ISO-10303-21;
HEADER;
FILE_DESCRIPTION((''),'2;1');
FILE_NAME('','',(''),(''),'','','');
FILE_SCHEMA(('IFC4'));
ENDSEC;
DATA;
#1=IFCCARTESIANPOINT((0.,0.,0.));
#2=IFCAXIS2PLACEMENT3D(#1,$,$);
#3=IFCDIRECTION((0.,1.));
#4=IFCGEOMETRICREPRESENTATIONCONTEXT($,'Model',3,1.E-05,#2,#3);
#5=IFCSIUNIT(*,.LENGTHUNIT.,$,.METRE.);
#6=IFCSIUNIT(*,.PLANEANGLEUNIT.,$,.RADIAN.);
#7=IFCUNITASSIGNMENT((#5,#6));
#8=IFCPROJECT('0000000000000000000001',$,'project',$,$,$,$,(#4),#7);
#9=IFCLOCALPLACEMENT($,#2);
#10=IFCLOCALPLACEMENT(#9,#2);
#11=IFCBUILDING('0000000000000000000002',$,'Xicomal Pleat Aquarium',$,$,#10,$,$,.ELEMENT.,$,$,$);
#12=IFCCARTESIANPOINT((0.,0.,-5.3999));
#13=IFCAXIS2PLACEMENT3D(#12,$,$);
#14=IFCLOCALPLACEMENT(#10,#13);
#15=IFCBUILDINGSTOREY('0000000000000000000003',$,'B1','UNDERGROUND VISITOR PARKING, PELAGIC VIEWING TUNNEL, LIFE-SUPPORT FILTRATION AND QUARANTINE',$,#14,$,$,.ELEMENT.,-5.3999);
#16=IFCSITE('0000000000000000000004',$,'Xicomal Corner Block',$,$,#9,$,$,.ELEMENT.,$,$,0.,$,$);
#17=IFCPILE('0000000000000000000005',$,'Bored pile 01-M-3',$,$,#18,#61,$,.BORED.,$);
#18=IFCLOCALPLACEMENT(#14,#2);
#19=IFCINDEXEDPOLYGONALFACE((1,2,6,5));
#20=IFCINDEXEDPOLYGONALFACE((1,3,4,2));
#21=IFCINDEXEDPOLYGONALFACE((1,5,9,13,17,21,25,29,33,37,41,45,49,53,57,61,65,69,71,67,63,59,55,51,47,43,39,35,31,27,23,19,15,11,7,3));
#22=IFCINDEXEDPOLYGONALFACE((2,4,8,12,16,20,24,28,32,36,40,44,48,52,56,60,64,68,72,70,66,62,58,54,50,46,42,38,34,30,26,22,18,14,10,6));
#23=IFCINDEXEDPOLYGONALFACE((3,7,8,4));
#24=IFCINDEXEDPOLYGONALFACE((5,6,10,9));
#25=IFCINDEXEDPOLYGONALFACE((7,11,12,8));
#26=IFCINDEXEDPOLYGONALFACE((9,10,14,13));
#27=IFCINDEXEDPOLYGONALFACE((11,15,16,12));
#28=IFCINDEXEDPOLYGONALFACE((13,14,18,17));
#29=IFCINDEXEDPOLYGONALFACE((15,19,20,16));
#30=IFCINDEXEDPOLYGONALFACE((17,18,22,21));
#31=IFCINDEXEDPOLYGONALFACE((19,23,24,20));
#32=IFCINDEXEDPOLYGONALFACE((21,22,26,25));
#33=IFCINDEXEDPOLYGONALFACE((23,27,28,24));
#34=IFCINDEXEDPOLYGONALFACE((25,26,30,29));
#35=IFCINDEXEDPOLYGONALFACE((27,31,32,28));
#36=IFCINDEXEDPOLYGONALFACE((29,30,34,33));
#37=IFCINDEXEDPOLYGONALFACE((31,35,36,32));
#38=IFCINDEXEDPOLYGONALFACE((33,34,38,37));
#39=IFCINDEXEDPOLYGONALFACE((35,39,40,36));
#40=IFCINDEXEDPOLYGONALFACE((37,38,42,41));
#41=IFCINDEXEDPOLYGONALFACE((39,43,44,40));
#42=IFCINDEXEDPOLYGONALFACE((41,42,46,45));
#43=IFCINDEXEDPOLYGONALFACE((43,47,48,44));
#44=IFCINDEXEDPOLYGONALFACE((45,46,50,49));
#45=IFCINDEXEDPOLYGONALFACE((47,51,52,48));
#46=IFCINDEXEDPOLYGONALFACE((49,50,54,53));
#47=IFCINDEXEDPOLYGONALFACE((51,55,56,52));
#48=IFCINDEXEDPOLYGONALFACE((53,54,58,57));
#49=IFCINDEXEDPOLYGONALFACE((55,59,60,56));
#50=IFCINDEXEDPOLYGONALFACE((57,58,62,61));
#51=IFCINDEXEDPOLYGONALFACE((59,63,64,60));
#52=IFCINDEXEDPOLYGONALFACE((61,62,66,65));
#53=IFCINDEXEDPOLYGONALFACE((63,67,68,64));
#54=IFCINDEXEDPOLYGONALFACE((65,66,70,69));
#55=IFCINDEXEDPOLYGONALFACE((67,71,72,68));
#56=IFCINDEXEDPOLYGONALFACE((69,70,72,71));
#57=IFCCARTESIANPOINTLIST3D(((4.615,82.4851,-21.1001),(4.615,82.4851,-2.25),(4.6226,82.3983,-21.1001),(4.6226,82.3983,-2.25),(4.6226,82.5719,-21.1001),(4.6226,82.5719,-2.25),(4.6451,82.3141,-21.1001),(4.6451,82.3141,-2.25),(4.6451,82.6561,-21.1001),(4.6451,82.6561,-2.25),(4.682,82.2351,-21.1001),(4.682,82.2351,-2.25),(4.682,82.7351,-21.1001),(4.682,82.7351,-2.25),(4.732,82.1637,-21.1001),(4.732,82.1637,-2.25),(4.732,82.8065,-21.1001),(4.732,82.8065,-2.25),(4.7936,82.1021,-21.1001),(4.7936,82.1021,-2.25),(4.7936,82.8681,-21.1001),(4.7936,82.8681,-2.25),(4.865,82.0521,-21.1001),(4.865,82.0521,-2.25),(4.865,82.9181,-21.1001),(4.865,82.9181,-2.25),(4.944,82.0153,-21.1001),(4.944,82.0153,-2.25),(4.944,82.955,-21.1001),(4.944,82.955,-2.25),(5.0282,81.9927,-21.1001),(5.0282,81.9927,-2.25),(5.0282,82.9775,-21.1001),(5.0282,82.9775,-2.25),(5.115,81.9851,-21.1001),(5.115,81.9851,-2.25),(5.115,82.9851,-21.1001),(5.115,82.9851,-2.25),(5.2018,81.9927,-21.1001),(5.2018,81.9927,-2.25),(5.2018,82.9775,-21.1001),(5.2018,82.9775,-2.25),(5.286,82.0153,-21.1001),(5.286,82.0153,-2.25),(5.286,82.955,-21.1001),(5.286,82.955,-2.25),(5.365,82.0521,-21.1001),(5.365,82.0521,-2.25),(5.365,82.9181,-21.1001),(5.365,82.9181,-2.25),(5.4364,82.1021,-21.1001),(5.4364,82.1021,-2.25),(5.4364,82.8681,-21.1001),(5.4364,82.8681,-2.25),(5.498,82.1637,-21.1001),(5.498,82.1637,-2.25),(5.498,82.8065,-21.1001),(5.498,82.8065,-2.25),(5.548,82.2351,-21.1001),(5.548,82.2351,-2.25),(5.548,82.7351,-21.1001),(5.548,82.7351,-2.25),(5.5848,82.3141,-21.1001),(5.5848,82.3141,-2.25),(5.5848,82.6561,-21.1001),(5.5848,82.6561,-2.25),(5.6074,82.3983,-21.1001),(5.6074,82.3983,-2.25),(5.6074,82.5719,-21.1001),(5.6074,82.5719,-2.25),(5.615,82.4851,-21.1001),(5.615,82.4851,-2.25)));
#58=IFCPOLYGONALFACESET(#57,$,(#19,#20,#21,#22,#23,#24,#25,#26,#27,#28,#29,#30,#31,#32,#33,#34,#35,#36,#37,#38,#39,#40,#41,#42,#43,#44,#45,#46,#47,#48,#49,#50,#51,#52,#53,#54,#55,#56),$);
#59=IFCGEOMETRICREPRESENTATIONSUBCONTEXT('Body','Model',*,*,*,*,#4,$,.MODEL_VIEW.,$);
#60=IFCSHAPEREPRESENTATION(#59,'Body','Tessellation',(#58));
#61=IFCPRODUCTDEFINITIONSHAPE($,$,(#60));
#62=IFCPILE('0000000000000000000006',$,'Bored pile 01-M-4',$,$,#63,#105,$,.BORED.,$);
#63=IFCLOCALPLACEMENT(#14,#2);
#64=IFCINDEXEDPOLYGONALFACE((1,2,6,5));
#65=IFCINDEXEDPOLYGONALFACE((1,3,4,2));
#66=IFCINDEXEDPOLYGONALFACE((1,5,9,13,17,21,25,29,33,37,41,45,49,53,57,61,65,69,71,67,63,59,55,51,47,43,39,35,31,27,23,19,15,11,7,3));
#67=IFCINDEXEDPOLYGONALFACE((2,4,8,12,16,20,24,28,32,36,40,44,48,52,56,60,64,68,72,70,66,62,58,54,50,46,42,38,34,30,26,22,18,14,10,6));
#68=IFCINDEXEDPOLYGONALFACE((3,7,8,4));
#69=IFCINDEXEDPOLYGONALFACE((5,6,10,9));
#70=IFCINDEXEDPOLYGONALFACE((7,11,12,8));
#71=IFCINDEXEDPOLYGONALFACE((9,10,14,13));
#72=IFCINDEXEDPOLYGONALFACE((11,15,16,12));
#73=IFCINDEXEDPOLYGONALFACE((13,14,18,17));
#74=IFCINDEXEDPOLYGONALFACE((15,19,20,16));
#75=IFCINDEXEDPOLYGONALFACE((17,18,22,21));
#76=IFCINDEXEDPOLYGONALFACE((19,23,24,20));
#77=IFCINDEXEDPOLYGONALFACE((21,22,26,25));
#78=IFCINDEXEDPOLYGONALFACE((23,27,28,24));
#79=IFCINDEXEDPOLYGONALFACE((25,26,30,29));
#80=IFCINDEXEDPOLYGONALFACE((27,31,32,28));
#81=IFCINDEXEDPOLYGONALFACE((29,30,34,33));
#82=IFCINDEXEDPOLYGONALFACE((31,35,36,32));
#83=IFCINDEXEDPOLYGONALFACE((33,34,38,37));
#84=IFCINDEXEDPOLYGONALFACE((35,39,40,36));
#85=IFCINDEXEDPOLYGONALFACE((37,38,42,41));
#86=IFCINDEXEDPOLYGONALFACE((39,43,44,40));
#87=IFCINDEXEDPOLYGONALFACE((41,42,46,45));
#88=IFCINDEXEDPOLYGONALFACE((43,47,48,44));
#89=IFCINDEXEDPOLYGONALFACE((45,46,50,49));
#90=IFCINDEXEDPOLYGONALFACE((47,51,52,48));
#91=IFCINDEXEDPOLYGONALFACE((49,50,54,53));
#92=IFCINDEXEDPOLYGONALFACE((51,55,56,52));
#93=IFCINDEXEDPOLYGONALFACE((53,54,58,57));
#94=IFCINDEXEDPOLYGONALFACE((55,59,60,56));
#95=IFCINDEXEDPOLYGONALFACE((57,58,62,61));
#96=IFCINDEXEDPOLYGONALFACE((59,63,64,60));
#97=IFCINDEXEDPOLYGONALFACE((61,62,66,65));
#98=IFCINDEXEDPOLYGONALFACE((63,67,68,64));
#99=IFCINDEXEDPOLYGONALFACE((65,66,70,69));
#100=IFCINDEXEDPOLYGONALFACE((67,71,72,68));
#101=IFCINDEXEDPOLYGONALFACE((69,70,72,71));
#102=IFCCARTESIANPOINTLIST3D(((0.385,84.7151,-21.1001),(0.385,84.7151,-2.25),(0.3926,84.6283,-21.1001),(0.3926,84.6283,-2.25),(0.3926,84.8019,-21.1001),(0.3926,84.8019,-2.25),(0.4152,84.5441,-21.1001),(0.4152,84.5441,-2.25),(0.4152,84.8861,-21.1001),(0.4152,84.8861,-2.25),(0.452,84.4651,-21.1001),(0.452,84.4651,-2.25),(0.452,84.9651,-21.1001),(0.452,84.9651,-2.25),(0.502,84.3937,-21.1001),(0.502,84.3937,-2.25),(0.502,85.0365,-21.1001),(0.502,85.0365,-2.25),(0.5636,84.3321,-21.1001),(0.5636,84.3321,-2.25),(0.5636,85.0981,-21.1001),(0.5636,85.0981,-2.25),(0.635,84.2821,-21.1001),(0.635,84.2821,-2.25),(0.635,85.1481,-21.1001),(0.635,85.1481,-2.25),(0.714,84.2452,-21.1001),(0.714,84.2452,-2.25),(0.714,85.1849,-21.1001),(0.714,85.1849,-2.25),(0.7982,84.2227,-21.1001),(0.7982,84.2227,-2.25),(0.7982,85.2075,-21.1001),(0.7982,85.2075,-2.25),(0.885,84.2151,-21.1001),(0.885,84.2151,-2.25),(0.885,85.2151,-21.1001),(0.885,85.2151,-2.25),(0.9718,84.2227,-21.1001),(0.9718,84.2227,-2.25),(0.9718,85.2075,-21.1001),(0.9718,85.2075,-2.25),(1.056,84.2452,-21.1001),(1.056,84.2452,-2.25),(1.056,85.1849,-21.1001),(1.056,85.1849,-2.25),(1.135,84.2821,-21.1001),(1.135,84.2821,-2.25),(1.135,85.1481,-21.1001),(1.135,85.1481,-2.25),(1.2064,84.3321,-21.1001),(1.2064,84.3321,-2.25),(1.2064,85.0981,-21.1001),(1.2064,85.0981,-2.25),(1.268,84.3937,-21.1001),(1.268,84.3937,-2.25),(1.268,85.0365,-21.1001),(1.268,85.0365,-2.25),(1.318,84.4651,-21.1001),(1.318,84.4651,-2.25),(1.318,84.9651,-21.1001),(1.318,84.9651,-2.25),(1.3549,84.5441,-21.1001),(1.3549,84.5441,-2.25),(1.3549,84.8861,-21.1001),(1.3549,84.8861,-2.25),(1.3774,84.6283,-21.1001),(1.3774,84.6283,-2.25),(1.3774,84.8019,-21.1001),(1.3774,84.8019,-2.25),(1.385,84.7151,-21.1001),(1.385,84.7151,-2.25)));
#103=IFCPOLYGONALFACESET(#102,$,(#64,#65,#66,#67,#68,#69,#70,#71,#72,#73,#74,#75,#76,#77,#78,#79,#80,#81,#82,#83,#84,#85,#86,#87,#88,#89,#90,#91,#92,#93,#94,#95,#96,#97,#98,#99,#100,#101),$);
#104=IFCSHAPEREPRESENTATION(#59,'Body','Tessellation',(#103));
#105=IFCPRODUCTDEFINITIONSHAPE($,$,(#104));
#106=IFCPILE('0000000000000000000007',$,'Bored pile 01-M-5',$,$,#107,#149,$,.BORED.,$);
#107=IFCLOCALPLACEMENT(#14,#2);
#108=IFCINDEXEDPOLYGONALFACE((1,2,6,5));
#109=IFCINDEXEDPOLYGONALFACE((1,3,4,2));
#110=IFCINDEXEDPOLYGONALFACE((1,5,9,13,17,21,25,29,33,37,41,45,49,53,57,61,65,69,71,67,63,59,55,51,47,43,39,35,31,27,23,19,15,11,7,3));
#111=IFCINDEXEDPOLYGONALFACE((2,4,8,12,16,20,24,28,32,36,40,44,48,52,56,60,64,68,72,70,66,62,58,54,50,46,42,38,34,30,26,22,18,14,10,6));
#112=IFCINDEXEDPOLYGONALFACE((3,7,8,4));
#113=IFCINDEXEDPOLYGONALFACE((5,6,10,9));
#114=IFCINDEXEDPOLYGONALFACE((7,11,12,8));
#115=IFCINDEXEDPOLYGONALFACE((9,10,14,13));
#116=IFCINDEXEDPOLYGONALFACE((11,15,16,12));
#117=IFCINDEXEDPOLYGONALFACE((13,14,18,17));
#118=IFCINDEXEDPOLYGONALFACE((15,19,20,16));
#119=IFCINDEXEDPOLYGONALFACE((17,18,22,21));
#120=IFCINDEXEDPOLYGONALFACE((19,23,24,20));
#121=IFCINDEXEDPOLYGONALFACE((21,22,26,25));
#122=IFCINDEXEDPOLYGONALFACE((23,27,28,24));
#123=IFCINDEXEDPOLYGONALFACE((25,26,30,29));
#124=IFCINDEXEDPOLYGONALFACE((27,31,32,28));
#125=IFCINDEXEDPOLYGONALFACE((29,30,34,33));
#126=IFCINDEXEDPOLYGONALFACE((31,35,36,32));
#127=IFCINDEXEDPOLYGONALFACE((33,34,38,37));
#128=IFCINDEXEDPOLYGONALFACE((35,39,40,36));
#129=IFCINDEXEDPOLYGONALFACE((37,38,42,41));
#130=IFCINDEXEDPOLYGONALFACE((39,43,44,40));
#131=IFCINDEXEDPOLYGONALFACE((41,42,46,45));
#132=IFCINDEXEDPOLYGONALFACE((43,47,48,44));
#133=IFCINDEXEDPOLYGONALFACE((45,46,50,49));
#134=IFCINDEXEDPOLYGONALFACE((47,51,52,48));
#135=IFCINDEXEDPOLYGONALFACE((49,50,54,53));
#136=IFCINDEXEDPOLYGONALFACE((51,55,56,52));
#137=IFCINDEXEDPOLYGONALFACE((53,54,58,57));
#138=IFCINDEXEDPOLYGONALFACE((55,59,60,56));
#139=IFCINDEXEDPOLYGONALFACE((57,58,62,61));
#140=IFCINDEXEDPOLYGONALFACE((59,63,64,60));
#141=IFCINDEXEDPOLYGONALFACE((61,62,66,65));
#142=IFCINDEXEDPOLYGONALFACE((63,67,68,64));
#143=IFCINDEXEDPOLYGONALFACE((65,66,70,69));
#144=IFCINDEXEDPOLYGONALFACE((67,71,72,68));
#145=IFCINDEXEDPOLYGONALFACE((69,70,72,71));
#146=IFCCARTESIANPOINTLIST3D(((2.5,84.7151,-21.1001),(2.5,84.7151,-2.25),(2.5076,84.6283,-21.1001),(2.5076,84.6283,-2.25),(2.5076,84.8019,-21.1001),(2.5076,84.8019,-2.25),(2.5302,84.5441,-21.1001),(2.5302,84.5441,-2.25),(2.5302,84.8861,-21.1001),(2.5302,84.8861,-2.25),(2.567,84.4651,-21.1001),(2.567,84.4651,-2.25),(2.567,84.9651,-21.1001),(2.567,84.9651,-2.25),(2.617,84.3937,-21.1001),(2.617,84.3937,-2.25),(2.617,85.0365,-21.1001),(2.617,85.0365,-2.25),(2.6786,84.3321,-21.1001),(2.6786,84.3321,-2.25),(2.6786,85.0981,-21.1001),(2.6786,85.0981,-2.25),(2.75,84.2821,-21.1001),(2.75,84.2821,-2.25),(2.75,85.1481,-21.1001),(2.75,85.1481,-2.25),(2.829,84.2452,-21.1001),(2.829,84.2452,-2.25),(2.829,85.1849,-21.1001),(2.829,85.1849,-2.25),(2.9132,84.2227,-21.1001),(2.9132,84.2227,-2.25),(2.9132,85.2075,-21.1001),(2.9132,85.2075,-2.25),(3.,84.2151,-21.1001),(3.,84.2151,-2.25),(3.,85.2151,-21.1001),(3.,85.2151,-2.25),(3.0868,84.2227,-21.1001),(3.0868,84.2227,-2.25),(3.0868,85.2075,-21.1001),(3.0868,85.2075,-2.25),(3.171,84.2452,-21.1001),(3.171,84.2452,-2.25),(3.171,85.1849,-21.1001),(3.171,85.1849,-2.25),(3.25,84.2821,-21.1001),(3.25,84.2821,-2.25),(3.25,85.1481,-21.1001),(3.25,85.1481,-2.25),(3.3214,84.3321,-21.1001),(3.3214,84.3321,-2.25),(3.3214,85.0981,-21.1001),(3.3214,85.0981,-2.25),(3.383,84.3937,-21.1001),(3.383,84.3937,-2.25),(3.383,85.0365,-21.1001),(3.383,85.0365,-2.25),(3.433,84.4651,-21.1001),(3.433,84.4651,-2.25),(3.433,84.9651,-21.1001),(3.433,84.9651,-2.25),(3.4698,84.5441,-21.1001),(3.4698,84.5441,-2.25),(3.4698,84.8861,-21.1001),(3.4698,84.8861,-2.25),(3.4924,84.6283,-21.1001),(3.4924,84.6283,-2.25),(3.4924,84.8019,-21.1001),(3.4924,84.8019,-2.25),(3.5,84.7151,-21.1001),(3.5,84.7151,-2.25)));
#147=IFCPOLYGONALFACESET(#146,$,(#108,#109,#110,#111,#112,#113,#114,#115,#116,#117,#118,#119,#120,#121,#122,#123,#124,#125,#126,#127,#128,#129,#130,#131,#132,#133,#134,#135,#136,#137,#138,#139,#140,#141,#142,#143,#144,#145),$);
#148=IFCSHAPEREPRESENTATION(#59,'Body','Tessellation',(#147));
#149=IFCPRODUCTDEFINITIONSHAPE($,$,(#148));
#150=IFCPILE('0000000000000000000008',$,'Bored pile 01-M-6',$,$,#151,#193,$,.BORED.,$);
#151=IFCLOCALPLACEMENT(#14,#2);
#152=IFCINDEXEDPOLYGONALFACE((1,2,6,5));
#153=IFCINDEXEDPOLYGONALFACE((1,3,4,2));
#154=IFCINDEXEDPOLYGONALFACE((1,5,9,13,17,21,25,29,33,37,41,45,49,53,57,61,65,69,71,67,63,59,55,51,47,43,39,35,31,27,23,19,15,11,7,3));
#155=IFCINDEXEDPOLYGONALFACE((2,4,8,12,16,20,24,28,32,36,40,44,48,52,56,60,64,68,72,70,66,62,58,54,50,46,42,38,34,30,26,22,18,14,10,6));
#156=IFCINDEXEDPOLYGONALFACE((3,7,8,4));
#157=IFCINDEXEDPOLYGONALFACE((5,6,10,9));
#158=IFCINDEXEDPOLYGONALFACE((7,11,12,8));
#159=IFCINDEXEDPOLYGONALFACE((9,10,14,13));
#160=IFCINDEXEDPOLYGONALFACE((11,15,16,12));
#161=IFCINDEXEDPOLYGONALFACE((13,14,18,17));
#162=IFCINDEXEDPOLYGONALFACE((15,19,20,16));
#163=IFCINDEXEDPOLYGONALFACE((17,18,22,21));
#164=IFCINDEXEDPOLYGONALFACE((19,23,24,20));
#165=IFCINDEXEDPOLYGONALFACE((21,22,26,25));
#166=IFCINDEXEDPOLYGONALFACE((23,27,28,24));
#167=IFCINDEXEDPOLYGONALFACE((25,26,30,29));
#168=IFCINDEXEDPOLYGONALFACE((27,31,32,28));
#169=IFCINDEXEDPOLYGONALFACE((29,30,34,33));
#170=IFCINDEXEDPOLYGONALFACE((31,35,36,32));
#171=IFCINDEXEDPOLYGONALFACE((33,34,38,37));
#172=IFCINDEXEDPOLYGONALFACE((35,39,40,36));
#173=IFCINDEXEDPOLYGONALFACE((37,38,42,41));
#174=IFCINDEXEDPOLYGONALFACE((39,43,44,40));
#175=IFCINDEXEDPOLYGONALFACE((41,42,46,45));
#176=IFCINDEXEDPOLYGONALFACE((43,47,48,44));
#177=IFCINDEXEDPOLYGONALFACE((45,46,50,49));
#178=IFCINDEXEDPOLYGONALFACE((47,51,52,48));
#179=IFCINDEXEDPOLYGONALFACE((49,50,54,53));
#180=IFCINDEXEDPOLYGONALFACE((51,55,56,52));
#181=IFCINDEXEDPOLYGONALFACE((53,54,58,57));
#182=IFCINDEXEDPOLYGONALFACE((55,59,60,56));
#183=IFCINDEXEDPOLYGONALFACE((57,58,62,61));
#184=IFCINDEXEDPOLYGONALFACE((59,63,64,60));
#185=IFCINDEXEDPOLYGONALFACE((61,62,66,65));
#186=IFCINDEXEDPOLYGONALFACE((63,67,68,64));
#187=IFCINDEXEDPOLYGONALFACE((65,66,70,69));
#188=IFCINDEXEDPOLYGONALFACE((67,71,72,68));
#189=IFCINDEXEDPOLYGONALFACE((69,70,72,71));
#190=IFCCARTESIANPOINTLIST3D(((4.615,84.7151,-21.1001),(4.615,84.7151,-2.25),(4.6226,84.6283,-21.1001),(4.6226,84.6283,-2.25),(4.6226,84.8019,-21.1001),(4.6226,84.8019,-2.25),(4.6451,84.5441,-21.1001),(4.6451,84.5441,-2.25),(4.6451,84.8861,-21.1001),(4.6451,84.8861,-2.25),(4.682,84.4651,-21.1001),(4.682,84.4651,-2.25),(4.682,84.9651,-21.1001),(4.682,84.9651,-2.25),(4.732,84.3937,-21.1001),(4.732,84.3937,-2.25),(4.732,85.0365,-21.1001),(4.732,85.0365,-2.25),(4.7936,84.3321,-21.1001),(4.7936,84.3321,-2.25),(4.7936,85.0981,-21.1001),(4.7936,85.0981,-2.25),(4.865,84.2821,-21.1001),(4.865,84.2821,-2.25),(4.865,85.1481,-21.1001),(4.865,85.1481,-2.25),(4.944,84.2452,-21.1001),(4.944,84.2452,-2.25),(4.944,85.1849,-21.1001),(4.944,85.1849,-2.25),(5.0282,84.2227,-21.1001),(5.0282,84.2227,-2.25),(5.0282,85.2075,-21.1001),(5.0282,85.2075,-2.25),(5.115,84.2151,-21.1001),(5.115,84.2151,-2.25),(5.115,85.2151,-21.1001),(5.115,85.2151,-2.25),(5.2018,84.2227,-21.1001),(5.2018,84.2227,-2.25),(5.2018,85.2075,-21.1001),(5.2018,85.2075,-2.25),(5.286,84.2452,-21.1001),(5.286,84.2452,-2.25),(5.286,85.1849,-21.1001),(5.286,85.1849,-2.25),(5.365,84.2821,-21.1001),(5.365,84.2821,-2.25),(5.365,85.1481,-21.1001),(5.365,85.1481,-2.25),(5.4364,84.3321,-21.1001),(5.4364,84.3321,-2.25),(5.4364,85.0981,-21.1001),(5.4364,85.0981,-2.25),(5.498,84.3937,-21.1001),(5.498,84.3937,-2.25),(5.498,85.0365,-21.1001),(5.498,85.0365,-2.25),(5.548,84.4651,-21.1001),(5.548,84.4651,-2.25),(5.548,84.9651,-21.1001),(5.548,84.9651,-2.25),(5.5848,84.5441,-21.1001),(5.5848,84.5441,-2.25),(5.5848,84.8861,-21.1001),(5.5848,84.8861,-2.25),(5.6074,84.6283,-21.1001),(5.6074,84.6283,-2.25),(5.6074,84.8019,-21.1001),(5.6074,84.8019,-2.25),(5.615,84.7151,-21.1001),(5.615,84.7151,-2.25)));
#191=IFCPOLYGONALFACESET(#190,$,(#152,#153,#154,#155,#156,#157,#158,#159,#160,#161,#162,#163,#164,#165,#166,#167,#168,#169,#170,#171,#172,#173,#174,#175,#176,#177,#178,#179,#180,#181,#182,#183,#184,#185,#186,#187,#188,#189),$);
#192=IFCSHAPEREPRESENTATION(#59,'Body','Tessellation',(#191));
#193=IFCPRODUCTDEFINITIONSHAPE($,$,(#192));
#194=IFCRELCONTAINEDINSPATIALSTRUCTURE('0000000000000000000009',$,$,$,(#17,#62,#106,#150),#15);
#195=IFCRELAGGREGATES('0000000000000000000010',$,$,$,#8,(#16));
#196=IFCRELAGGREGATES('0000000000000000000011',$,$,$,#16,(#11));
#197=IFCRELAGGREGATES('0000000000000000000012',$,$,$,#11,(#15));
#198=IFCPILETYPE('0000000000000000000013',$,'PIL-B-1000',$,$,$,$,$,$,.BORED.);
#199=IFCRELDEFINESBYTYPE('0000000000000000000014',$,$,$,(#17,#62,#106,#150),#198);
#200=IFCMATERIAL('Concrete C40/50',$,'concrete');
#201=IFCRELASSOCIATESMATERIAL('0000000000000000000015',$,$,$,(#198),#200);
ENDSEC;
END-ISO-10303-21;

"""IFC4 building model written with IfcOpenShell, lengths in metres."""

from ifc_helpers import new_model, si_unit, direction, frame, origin, origin_2d, place, context, subcontext, project, spatial, circle, extrude, material, material_profile, profile_set, type_object, element, save


model = new_model("IFC4")

# Units and contexts
model_context = context("Model", 3, precision=1e-05, world=origin(), true_north=direction((0.0, 1.0)))
body_context = subcontext(model_context, "Body", "Model", "MODEL_VIEW")
ifc_project = project(units=[si_unit("LENGTHUNIT", "METRE"), si_unit("PLANEANGLEUNIT", "RADIAN")], contexts=[model_context])

# Site, building, storey
site_placement = place(None, origin())
site = spatial("IfcSite", under=ifc_project, at=site_placement, Name="Xicomal Corner Block", CompositionType="ELEMENT", RefElevation=0.0)
building_placement = place(site_placement, origin())
building = spatial("IfcBuilding", under=site, at=building_placement, Name="Xicomal Pleat Aquarium", CompositionType="ELEMENT")
storey_placement = place(building_placement, frame((0.0, 0.0, -5.3999)))
storey = spatial("IfcBuildingStorey", under=building, at=storey_placement, Name="B1", Description="UNDERGROUND VISITOR PARKING, PELAGIC VIEWING TUNNEL, LIFE-SUPPORT FILTRATION AND QUARANTINE", CompositionType="ELEMENT", Elevation=-5.3999)

# Piles
ifc_material_1 = material(Name="Concrete C40/50", Category="concrete")
ifc_material_profile_1 = material_profile(ifc_material_1, circle(Radius=0.5, at=origin_2d()), Name="BORED PILE D1000")
ifc_profile_set_1 = profile_set([ifc_material_profile_1], Name="Concrete C40/50")
pile_type_1 = type_object("IfcPileType", Name="PIL-B-1000", PredefinedType="BORED", material=ifc_profile_set_1)
for number, where, z_axis, x_axis, name in (
    (1, (5.115, 82.4851, -2.25), (0.0, 0.0, -1.0), (1.0, 0.0, 0.0), "Bored pile 01-M-3"),
    (2, (0.885, 84.7151, -2.25), (0.0, 0.0, -1.0), (1.0, 0.0, 0.0), "Bored pile 01-M-4"),
    (3, (3.0, 84.7151, -2.25), (0.0, 0.0, -1.0), (1.0, 0.0, 0.0), "Bored pile 01-M-5"),
    (4, (5.115, 84.7151, -2.25), (0.0, 0.0, -1.0), (1.0, 0.0, 0.0), "Bored pile 01-M-6"),
):
    element("IfcPile", number, at=place(storey_placement, frame(where, z_axis=z_axis, x_axis=x_axis)), inside=storey, type_object=pile_type_1, Name=name, PredefinedType="BORED", context=body_context, shape_type="SweptSolid", body=[
        extrude(circle(Radius=0.5, at=origin_2d()), origin(), (0.0, 0.0, 1.0), 18.8501),
    ])

save(model, "model.ifc")
